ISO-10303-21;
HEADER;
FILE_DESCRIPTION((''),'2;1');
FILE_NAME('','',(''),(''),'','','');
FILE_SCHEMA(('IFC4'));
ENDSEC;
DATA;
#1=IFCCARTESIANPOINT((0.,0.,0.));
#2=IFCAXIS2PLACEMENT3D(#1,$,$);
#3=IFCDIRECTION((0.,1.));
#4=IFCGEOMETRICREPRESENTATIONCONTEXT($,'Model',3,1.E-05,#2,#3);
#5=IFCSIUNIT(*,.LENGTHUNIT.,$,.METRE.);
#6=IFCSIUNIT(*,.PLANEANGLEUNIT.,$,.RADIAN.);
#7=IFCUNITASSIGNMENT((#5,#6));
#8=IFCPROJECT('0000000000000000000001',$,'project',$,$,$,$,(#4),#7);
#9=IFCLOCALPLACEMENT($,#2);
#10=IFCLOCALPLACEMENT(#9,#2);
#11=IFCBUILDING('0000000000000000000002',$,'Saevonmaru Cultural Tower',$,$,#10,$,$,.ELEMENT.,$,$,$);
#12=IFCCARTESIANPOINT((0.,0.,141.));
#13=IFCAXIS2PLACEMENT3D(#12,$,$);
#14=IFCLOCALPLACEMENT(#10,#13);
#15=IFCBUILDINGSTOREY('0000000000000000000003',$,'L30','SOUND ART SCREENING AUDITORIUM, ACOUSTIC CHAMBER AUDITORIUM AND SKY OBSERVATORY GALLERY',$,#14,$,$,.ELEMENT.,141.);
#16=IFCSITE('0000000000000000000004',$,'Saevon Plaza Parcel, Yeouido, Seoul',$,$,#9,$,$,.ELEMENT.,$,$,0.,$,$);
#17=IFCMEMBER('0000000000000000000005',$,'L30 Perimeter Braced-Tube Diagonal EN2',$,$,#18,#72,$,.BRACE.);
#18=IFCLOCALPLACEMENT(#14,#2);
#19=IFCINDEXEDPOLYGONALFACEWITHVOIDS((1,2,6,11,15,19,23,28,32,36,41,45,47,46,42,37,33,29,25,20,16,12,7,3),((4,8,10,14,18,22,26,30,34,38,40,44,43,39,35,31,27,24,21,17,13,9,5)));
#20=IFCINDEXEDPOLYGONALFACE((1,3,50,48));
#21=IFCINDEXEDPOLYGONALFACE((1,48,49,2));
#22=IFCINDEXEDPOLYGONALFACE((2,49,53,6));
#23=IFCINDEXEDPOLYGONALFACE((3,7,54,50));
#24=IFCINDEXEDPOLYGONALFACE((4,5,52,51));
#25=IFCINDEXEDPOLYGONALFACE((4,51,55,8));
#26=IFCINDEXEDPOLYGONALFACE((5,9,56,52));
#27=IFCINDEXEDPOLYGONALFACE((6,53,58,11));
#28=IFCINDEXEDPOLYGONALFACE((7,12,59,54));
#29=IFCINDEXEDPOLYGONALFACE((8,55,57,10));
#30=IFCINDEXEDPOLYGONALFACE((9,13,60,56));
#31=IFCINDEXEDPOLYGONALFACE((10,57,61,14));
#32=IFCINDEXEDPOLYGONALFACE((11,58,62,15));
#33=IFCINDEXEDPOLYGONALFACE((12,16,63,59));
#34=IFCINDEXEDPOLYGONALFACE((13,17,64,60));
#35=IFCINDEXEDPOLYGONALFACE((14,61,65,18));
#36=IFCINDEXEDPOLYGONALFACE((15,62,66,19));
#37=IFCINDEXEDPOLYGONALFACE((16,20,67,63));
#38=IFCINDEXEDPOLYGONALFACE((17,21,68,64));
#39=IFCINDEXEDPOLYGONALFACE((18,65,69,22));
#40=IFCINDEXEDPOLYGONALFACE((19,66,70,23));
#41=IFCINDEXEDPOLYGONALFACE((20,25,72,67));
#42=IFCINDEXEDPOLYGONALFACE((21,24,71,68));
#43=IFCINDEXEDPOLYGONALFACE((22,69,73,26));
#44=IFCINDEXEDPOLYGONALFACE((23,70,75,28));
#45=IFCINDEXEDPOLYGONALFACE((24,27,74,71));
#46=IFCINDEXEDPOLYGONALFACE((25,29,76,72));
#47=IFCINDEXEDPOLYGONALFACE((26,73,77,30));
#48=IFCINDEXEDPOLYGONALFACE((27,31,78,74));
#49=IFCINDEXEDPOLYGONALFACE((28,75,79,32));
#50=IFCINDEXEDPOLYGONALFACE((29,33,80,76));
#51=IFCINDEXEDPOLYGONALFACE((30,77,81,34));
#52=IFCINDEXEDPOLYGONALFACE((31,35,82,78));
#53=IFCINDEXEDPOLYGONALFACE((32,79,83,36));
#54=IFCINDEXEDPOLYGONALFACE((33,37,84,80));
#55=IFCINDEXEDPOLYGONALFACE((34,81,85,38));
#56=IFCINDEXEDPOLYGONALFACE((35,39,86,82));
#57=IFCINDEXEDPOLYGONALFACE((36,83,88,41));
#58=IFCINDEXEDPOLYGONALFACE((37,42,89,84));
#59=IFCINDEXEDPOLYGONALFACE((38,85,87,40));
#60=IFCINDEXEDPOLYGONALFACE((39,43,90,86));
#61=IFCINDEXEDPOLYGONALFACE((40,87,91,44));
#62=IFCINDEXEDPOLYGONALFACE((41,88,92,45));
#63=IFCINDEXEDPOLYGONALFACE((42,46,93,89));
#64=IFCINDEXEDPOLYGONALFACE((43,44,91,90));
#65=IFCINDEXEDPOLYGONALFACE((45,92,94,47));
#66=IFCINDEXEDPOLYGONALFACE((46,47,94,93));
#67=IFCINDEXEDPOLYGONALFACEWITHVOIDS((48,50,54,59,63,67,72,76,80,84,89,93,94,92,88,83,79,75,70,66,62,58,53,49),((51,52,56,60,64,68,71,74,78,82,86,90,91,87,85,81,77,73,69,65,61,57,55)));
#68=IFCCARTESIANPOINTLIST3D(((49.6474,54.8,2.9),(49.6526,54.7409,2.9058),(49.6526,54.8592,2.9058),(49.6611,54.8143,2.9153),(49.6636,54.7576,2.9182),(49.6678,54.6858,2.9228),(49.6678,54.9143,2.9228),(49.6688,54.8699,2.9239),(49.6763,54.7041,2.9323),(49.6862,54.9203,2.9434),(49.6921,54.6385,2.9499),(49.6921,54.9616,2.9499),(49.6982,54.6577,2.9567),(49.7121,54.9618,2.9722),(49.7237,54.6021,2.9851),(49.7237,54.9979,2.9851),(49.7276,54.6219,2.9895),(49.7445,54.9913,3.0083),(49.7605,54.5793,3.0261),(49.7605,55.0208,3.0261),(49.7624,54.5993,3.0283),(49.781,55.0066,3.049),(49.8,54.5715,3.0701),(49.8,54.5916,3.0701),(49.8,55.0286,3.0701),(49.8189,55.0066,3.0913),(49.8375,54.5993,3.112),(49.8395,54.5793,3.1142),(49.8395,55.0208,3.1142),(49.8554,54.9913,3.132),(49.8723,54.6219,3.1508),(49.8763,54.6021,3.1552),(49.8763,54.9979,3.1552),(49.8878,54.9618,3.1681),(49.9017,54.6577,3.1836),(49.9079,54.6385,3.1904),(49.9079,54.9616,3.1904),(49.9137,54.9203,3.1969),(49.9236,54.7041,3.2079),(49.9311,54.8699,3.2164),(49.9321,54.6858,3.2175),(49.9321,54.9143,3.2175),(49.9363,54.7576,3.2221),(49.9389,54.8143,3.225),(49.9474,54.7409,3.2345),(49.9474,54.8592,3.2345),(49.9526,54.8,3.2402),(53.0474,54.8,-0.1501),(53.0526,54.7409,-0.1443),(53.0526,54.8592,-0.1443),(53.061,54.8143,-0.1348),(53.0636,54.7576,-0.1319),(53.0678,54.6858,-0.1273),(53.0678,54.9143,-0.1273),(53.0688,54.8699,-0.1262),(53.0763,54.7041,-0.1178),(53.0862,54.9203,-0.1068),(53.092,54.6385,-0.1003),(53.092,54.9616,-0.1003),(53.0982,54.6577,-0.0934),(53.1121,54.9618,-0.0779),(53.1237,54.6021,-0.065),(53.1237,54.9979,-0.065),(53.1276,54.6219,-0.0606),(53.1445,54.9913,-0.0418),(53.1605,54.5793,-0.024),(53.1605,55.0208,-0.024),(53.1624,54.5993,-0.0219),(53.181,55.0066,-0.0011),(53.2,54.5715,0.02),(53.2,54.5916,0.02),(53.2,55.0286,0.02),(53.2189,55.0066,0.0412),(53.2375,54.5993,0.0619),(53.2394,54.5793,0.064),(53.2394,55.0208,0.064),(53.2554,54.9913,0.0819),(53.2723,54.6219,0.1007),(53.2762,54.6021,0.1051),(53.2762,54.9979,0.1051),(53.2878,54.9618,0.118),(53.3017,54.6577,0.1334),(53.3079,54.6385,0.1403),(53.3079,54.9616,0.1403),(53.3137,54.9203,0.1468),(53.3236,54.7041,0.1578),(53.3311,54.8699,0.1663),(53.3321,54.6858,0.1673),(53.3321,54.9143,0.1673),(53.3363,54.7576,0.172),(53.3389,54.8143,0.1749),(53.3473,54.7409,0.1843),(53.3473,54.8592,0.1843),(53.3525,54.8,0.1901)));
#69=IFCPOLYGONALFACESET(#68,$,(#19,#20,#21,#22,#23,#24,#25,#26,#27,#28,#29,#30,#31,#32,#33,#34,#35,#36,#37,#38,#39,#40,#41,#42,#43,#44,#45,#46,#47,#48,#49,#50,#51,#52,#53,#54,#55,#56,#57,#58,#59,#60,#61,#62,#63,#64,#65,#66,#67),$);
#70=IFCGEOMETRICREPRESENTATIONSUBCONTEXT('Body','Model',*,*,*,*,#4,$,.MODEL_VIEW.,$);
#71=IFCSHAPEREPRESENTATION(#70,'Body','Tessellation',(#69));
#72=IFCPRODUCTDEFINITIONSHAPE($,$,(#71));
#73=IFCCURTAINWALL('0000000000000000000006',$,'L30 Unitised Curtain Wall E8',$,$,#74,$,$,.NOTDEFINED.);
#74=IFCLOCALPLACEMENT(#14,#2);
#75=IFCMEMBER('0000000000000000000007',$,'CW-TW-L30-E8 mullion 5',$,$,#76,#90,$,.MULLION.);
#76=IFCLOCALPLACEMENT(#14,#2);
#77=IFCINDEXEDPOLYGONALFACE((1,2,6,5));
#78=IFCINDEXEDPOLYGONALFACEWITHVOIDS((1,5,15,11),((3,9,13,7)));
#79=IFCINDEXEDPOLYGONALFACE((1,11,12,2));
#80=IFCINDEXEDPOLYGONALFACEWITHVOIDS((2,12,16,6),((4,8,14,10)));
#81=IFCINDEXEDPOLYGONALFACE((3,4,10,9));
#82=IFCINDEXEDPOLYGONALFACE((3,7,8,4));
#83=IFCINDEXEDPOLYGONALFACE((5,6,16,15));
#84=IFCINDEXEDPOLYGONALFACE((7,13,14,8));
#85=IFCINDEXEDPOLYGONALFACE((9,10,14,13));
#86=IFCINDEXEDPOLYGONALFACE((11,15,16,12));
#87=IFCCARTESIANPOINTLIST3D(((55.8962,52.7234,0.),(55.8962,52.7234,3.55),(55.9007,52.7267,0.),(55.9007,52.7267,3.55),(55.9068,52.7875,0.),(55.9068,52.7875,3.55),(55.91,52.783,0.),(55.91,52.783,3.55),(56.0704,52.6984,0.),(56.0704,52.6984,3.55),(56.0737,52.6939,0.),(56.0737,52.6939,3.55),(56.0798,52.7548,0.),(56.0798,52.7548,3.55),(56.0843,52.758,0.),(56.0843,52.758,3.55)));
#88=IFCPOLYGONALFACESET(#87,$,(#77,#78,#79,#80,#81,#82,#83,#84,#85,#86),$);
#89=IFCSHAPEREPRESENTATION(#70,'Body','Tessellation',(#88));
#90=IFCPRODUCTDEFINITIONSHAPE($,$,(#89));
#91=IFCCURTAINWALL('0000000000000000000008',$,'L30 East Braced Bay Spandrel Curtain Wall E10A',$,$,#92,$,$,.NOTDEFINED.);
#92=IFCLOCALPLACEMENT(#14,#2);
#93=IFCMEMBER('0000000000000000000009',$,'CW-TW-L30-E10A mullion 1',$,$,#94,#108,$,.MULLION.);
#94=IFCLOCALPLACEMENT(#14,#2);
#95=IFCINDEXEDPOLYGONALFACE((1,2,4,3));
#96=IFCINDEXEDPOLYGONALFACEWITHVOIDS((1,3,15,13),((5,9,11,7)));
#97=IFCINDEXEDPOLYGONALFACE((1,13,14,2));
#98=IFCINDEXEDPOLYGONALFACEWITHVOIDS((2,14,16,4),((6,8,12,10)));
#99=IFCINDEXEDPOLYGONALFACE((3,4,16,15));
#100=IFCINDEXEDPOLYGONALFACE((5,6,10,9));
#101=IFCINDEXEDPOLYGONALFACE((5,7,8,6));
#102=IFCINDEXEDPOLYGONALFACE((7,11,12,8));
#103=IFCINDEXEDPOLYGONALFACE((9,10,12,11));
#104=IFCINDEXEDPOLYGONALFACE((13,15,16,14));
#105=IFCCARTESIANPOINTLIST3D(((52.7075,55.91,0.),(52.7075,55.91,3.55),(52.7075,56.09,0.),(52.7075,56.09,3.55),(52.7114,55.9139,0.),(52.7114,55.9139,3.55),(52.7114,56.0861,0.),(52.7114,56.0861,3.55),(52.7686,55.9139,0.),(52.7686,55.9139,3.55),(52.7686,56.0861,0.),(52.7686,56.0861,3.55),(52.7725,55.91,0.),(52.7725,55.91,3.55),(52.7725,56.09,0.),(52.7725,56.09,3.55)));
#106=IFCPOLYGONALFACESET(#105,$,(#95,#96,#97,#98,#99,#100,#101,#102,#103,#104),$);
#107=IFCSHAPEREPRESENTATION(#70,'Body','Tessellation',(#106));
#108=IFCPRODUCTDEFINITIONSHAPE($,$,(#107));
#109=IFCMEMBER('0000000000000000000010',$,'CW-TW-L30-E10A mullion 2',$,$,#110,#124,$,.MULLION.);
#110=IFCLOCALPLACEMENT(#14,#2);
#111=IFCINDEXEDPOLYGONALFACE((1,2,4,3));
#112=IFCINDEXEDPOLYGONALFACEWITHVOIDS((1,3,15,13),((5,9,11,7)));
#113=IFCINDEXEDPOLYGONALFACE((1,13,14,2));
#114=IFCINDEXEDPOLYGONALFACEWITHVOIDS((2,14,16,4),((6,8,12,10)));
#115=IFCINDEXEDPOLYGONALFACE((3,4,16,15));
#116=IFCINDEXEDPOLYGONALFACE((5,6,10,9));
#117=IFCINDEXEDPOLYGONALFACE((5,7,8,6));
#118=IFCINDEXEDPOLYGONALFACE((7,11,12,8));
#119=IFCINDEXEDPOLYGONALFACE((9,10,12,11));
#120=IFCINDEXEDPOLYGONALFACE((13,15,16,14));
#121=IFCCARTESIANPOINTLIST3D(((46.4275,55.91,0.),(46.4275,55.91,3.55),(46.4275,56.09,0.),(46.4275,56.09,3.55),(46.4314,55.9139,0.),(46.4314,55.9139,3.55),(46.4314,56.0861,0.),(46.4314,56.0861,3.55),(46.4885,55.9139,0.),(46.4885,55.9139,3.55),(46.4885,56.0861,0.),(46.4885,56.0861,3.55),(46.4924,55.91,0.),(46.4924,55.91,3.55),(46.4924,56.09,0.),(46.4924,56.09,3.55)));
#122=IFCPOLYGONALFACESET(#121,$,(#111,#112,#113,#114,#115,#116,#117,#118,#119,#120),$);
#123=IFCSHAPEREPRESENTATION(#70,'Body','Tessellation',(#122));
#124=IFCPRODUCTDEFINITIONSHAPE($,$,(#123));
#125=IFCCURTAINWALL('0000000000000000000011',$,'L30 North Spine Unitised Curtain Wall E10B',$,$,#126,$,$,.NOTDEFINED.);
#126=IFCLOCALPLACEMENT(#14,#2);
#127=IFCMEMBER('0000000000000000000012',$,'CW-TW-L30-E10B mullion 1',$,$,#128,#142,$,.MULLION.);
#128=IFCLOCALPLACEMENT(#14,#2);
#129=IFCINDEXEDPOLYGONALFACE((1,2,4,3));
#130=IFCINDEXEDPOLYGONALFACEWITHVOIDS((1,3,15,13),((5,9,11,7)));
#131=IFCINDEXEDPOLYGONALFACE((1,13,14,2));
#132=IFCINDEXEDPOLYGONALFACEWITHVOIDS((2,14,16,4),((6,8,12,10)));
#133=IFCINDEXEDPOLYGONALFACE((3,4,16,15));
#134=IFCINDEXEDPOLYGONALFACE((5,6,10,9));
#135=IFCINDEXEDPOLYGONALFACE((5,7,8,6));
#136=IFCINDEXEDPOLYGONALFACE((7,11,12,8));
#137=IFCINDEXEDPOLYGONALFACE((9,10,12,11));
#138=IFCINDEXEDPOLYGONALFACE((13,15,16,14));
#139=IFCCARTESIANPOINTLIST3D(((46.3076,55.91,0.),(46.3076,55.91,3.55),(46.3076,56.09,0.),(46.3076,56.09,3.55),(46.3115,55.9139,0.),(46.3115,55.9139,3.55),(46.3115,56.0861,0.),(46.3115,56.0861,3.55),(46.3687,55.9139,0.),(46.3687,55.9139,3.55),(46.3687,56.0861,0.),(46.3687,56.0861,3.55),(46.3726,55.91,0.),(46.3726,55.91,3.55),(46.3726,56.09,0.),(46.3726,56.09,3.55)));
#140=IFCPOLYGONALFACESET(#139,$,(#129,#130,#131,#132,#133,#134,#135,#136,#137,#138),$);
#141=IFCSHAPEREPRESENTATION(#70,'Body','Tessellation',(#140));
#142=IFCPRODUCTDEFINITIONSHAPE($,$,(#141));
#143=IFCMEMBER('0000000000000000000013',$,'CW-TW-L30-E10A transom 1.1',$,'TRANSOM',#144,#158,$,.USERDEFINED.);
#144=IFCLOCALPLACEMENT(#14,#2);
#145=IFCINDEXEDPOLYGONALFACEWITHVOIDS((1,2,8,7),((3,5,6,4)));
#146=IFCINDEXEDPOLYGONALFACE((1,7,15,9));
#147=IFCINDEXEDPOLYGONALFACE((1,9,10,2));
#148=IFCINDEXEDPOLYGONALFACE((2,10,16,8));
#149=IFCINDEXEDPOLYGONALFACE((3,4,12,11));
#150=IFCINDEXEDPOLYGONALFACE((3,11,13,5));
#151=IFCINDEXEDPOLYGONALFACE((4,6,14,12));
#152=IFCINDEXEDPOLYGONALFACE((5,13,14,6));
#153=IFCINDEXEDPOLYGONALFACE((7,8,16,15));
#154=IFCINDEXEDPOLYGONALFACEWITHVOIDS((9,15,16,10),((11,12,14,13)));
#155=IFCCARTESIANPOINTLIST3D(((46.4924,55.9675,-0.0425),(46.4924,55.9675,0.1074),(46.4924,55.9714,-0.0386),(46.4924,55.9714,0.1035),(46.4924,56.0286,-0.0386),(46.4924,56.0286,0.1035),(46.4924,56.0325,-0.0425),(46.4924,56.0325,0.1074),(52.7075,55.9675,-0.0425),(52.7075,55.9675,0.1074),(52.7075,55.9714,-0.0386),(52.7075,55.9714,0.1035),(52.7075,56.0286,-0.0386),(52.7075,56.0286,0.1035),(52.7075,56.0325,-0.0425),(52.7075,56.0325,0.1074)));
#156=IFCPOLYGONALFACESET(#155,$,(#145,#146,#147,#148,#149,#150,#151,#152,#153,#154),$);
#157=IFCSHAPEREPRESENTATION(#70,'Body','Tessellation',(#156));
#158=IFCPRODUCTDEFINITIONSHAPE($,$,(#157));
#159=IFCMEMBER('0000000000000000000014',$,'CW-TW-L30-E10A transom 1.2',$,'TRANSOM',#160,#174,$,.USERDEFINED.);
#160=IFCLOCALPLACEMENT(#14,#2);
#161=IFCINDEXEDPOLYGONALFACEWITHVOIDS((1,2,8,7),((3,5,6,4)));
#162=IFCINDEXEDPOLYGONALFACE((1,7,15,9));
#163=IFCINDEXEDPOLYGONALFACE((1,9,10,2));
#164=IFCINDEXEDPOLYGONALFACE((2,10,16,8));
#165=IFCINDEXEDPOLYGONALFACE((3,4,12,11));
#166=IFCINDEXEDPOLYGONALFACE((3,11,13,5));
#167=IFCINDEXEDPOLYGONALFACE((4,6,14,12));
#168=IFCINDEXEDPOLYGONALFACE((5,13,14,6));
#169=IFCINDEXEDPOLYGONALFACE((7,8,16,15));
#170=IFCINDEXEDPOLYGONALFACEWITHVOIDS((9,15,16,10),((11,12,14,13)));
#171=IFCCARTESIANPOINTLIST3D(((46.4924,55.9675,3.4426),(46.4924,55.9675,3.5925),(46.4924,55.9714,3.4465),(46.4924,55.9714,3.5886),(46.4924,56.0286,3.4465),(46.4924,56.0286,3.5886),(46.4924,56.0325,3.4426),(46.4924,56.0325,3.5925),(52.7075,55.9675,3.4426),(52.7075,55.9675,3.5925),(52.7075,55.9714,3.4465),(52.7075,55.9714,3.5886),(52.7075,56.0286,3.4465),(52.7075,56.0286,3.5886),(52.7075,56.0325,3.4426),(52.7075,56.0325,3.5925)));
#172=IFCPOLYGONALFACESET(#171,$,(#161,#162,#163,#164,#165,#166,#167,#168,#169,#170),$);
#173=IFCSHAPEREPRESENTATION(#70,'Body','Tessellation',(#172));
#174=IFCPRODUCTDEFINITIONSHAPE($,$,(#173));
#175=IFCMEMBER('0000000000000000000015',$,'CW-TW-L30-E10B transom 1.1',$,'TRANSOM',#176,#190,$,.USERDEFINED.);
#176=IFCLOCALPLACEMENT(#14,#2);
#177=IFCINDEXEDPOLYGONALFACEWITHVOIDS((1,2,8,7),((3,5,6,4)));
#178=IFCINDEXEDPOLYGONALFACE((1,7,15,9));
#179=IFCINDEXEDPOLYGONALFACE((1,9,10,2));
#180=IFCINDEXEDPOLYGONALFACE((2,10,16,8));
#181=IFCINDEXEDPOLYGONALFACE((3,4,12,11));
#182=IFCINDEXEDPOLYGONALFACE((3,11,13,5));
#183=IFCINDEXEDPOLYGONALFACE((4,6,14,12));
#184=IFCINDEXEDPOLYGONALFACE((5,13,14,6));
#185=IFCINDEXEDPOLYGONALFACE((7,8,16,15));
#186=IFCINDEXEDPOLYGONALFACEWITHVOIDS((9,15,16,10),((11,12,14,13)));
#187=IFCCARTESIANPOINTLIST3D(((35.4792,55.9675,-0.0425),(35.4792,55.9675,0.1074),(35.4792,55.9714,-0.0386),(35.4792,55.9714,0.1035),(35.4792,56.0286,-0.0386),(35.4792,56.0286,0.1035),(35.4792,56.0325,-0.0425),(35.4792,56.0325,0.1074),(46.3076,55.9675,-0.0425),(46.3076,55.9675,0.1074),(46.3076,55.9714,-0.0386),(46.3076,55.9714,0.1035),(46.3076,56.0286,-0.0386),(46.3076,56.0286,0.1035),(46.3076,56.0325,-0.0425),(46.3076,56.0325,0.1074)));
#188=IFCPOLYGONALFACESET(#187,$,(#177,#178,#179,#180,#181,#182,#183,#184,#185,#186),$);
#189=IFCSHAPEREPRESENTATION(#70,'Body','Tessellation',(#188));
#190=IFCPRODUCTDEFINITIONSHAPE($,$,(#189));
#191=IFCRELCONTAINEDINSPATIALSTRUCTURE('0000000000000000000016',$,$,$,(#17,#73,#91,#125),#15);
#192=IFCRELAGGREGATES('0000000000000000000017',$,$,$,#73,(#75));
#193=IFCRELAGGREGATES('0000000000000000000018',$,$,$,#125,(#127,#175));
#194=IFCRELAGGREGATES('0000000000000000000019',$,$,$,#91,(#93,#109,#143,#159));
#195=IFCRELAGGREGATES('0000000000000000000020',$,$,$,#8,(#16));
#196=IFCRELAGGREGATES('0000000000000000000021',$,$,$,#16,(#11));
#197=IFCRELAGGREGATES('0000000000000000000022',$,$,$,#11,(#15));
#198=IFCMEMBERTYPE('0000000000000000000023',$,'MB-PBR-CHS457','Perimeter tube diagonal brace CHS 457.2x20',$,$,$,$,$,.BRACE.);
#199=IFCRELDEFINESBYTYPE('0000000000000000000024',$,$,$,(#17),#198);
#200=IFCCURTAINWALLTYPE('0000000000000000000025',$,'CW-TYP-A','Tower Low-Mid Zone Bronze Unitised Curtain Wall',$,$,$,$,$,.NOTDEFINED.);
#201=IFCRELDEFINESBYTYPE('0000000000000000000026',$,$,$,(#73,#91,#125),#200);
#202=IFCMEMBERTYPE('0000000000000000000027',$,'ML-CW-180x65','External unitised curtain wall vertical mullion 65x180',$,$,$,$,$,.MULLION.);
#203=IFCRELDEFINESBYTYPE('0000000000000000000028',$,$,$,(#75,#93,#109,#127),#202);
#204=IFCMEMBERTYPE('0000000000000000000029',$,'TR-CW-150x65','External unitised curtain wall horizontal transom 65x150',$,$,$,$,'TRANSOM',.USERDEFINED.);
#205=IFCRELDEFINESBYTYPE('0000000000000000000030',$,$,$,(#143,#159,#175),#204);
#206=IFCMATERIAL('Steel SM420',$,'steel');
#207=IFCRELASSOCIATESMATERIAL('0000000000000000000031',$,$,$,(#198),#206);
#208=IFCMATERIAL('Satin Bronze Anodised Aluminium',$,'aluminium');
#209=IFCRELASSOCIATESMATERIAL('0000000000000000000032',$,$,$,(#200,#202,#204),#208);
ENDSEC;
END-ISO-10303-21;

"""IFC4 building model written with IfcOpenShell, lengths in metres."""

from ifc_helpers import new_model, si_unit, direction, frame, origin, origin_2d, place, context, subcontext, project, spatial, hollow_rectangle, hollow_circle, extrude, material, material_profile, profile_set, type_object, element, aggregate, save


model = new_model("IFC4")

# Units and contexts
model_context = context("Model", 3, precision=1e-05, world=origin(), true_north=direction((0.0, 1.0)))
body_context = subcontext(model_context, "Body", "Model", "MODEL_VIEW")
ifc_project = project(units=[si_unit("LENGTHUNIT", "METRE"), si_unit("PLANEANGLEUNIT", "RADIAN")], contexts=[model_context])

# Site, building, storey
site_placement = place(None, origin())
site = spatial("IfcSite", under=ifc_project, at=site_placement, Name="Saevon Plaza Parcel, Yeouido, Seoul", CompositionType="ELEMENT", RefElevation=0.0)
building_placement = place(site_placement, origin())
building = spatial("IfcBuilding", under=site, at=building_placement, Name="Saevonmaru Cultural Tower", CompositionType="ELEMENT")
storey_placement = place(building_placement, frame((0.0, 0.0, 141.0)))
storey = spatial("IfcBuildingStorey", under=building, at=storey_placement, Name="L30", Description="SOUND ART SCREENING AUDITORIUM, ACOUSTIC CHAMBER AUDITORIUM AND SKY OBSERVATORY GALLERY", CompositionType="ELEMENT", Elevation=141.0)

# Shared definitions
ifc_material_1 = material(Name="Steel SM420", Category="steel")

# Member
ifc_material_profile_1 = material_profile(ifc_material_1, hollow_circle(Radius=0.2285, WallThickness=0.02, at=origin_2d()), Name="CHS-457.2x20")
ifc_profile_set_1 = profile_set([ifc_material_profile_1], Name="Steel SM420")
member_type_1 = type_object("IfcMemberType", Name="MB-PBR-CHS457", Description="Perimeter tube diagonal brace CHS 457.2x20", PredefinedType="BRACE", material=ifc_profile_set_1)
for number, where, z_axis, x_axis, name in (
    (1, (53.2, 54.8, 0.02), (-0.744367, 0.0, 0.667771), (0.0, -1.0, 0.0), "L30 Perimeter Braced-Tube Diagonal EN2"),
):
    element("IfcMember", number, at=place(storey_placement, frame(where, z_axis=z_axis, x_axis=x_axis)), inside=storey, type_object=member_type_1, Name=name, PredefinedType="BRACE", context=body_context, shape_type="SweptSolid", body=[
        extrude(hollow_circle(Radius=0.2285, WallThickness=0.02, at=origin_2d()), origin(), (0.0, 0.0, 1.0), 4.5676),
    ])

# Curtain wall, member
ifc_material_2 = material(Name="Satin Bronze Anodised Aluminium", Category="aluminium")
curtain_wall_type = type_object("IfcCurtainWallType", Name="CW-TYP-A", Description="Tower Low-Mid Zone Bronze Unitised Curtain Wall", PredefinedType="NOTDEFINED", material=ifc_material_2)
curtain_wall_1_placement = place(storey_placement, origin())
curtain_wall_1 = element("IfcCurtainWall", 2, at=curtain_wall_1_placement, inside=storey, type_object=curtain_wall_type, Name="L30 Unitised Curtain Wall E8", PredefinedType="NOTDEFINED")
ifc_material_profile_2 = material_profile(ifc_material_2, hollow_rectangle(XDim=0.0649, YDim=0.1799, WallThickness=0.0039, at=origin_2d()), Name="ALU-MULL-180x65x4")
ifc_profile_set_2 = profile_set([ifc_material_profile_2], Name="Satin Bronze Anodised Aluminium")
member_type_2 = type_object("IfcMemberType", Name="ML-CW-180x65", Description="External unitised curtain wall vertical mullion 65x180", PredefinedType="MULLION", material=ifc_profile_set_2)
member_1_placement = place(storey_placement, frame((55.9902, 52.7407, 0.0), z_axis=(0.0, 0.0, 1.0), x_axis=(0.163999, 0.986461, 0.0)))
member_1 = element("IfcMember", 3, at=member_1_placement, type_object=member_type_2, Name="CW-TW-L30-E8 mullion 5", PredefinedType="MULLION", context=body_context, shape_type="SweptSolid", body=[
    extrude(hollow_rectangle(XDim=0.0649, YDim=0.1799, WallThickness=0.0039, at=origin_2d()), origin(), (0.0, 0.0, 1.0), 3.55),
])
aggregate(curtain_wall_1, [member_1])

# Curtain wall, members
curtain_wall_2_placement = place(storey_placement, origin())
curtain_wall_2 = element("IfcCurtainWall", 4, at=curtain_wall_2_placement, inside=storey, type_object=curtain_wall_type, Name="L30 East Braced Bay Spandrel Curtain Wall E10A", PredefinedType="NOTDEFINED")
member_2_placement = place(storey_placement, frame((52.74, 56.0, 0.0), z_axis=(0.0, 0.0, 1.0), x_axis=(-1.0, 0.0, 0.0)))
member_2 = element("IfcMember", 5, at=member_2_placement, type_object=member_type_2, Name="CW-TW-L30-E10A mullion 1", PredefinedType="MULLION", context=body_context, shape_type="SweptSolid", body=[
    extrude(hollow_rectangle(XDim=0.0649, YDim=0.1799, WallThickness=0.0039, at=origin_2d()), origin(), (0.0, 0.0, 1.0), 3.55),
])
member_3_placement = place(storey_placement, frame((46.46, 56.0, 0.0), z_axis=(0.0, 0.0, 1.0), x_axis=(-1.0, 0.0, 0.0)))
member_3 = element("IfcMember", 6, at=member_3_placement, type_object=member_type_2, Name="CW-TW-L30-E10A mullion 2", PredefinedType="MULLION", context=body_context, shape_type="SweptSolid", body=[
    extrude(hollow_rectangle(XDim=0.0649, YDim=0.1799, WallThickness=0.0039, at=origin_2d()), origin(), (0.0, 0.0, 1.0), 3.55),
])

# Curtain wall, member
curtain_wall_3_placement = place(storey_placement, origin())
curtain_wall_3 = element("IfcCurtainWall", 7, at=curtain_wall_3_placement, inside=storey, type_object=curtain_wall_type, Name="L30 North Spine Unitised Curtain Wall E10B", PredefinedType="NOTDEFINED")
member_4_placement = place(storey_placement, frame((46.3401, 56.0, 0.0), z_axis=(0.0, 0.0, 1.0), x_axis=(-1.0, 0.0, 0.0)))
member_4 = element("IfcMember", 8, at=member_4_placement, type_object=member_type_2, Name="CW-TW-L30-E10B mullion 1", PredefinedType="MULLION", context=body_context, shape_type="SweptSolid", body=[
    extrude(hollow_rectangle(XDim=0.0649, YDim=0.1799, WallThickness=0.0039, at=origin_2d()), origin(), (0.0, 0.0, 1.0), 3.55),
])

# Members
ifc_material_profile_3 = material_profile(ifc_material_2, hollow_rectangle(XDim=0.0649, YDim=0.1499, WallThickness=0.0039, at=origin_2d()), Name="ALU-TRAN-150x65x4")
ifc_profile_set_3 = profile_set([ifc_material_profile_3], Name="Satin Bronze Anodised Aluminium")
member_type_3 = type_object("IfcMemberType", Name="TR-CW-150x65", Description="External unitised curtain wall horizontal transom 65x150", ElementType="TRANSOM", PredefinedType="USERDEFINED", material=ifc_profile_set_3)
member_5_placement = place(storey_placement, frame((52.7075, 56.0, 0.0325), z_axis=(-1.0, 0.0, 0.0), x_axis=(0.0, -1.0, 0.0)))
member_5 = element("IfcMember", 9, at=member_5_placement, type_object=member_type_3, Name="CW-TW-L30-E10A transom 1.1", ObjectType="TRANSOM", PredefinedType="USERDEFINED", context=body_context, shape_type="SweptSolid", body=[
    extrude(hollow_rectangle(XDim=0.0649, YDim=0.1499, WallThickness=0.0039, at=origin_2d()), origin(), (0.0, 0.0, 1.0), 6.2151),
])
member_6_placement = place(storey_placement, frame((52.7075, 56.0, 3.5176), z_axis=(-1.0, 0.0, 0.0), x_axis=(0.0, -1.0, 0.0)))
member_6 = element("IfcMember", 10, at=member_6_placement, type_object=member_type_3, Name="CW-TW-L30-E10A transom 1.2", ObjectType="TRANSOM", PredefinedType="USERDEFINED", context=body_context, shape_type="SweptSolid", body=[
    extrude(hollow_rectangle(XDim=0.0649, YDim=0.1499, WallThickness=0.0039, at=origin_2d()), origin(), (0.0, 0.0, 1.0), 6.2151),
])
member_7_placement = place(storey_placement, frame((46.3076, 56.0, 0.0325), z_axis=(-1.0, 0.0, 0.0), x_axis=(0.0, -1.0, 0.0)))
member_7 = element("IfcMember", 11, at=member_7_placement, type_object=member_type_3, Name="CW-TW-L30-E10B transom 1.1", ObjectType="TRANSOM", PredefinedType="USERDEFINED", context=body_context, shape_type="SweptSolid", body=[
    extrude(hollow_rectangle(XDim=0.0649, YDim=0.1499, WallThickness=0.0039, at=origin_2d()), origin(), (0.0, 0.0, 1.0), 10.8284),
])
aggregate(curtain_wall_3, [member_4, member_7])

aggregate(curtain_wall_2, [member_2, member_3, member_5, member_6])

save(model, "model.ifc")
